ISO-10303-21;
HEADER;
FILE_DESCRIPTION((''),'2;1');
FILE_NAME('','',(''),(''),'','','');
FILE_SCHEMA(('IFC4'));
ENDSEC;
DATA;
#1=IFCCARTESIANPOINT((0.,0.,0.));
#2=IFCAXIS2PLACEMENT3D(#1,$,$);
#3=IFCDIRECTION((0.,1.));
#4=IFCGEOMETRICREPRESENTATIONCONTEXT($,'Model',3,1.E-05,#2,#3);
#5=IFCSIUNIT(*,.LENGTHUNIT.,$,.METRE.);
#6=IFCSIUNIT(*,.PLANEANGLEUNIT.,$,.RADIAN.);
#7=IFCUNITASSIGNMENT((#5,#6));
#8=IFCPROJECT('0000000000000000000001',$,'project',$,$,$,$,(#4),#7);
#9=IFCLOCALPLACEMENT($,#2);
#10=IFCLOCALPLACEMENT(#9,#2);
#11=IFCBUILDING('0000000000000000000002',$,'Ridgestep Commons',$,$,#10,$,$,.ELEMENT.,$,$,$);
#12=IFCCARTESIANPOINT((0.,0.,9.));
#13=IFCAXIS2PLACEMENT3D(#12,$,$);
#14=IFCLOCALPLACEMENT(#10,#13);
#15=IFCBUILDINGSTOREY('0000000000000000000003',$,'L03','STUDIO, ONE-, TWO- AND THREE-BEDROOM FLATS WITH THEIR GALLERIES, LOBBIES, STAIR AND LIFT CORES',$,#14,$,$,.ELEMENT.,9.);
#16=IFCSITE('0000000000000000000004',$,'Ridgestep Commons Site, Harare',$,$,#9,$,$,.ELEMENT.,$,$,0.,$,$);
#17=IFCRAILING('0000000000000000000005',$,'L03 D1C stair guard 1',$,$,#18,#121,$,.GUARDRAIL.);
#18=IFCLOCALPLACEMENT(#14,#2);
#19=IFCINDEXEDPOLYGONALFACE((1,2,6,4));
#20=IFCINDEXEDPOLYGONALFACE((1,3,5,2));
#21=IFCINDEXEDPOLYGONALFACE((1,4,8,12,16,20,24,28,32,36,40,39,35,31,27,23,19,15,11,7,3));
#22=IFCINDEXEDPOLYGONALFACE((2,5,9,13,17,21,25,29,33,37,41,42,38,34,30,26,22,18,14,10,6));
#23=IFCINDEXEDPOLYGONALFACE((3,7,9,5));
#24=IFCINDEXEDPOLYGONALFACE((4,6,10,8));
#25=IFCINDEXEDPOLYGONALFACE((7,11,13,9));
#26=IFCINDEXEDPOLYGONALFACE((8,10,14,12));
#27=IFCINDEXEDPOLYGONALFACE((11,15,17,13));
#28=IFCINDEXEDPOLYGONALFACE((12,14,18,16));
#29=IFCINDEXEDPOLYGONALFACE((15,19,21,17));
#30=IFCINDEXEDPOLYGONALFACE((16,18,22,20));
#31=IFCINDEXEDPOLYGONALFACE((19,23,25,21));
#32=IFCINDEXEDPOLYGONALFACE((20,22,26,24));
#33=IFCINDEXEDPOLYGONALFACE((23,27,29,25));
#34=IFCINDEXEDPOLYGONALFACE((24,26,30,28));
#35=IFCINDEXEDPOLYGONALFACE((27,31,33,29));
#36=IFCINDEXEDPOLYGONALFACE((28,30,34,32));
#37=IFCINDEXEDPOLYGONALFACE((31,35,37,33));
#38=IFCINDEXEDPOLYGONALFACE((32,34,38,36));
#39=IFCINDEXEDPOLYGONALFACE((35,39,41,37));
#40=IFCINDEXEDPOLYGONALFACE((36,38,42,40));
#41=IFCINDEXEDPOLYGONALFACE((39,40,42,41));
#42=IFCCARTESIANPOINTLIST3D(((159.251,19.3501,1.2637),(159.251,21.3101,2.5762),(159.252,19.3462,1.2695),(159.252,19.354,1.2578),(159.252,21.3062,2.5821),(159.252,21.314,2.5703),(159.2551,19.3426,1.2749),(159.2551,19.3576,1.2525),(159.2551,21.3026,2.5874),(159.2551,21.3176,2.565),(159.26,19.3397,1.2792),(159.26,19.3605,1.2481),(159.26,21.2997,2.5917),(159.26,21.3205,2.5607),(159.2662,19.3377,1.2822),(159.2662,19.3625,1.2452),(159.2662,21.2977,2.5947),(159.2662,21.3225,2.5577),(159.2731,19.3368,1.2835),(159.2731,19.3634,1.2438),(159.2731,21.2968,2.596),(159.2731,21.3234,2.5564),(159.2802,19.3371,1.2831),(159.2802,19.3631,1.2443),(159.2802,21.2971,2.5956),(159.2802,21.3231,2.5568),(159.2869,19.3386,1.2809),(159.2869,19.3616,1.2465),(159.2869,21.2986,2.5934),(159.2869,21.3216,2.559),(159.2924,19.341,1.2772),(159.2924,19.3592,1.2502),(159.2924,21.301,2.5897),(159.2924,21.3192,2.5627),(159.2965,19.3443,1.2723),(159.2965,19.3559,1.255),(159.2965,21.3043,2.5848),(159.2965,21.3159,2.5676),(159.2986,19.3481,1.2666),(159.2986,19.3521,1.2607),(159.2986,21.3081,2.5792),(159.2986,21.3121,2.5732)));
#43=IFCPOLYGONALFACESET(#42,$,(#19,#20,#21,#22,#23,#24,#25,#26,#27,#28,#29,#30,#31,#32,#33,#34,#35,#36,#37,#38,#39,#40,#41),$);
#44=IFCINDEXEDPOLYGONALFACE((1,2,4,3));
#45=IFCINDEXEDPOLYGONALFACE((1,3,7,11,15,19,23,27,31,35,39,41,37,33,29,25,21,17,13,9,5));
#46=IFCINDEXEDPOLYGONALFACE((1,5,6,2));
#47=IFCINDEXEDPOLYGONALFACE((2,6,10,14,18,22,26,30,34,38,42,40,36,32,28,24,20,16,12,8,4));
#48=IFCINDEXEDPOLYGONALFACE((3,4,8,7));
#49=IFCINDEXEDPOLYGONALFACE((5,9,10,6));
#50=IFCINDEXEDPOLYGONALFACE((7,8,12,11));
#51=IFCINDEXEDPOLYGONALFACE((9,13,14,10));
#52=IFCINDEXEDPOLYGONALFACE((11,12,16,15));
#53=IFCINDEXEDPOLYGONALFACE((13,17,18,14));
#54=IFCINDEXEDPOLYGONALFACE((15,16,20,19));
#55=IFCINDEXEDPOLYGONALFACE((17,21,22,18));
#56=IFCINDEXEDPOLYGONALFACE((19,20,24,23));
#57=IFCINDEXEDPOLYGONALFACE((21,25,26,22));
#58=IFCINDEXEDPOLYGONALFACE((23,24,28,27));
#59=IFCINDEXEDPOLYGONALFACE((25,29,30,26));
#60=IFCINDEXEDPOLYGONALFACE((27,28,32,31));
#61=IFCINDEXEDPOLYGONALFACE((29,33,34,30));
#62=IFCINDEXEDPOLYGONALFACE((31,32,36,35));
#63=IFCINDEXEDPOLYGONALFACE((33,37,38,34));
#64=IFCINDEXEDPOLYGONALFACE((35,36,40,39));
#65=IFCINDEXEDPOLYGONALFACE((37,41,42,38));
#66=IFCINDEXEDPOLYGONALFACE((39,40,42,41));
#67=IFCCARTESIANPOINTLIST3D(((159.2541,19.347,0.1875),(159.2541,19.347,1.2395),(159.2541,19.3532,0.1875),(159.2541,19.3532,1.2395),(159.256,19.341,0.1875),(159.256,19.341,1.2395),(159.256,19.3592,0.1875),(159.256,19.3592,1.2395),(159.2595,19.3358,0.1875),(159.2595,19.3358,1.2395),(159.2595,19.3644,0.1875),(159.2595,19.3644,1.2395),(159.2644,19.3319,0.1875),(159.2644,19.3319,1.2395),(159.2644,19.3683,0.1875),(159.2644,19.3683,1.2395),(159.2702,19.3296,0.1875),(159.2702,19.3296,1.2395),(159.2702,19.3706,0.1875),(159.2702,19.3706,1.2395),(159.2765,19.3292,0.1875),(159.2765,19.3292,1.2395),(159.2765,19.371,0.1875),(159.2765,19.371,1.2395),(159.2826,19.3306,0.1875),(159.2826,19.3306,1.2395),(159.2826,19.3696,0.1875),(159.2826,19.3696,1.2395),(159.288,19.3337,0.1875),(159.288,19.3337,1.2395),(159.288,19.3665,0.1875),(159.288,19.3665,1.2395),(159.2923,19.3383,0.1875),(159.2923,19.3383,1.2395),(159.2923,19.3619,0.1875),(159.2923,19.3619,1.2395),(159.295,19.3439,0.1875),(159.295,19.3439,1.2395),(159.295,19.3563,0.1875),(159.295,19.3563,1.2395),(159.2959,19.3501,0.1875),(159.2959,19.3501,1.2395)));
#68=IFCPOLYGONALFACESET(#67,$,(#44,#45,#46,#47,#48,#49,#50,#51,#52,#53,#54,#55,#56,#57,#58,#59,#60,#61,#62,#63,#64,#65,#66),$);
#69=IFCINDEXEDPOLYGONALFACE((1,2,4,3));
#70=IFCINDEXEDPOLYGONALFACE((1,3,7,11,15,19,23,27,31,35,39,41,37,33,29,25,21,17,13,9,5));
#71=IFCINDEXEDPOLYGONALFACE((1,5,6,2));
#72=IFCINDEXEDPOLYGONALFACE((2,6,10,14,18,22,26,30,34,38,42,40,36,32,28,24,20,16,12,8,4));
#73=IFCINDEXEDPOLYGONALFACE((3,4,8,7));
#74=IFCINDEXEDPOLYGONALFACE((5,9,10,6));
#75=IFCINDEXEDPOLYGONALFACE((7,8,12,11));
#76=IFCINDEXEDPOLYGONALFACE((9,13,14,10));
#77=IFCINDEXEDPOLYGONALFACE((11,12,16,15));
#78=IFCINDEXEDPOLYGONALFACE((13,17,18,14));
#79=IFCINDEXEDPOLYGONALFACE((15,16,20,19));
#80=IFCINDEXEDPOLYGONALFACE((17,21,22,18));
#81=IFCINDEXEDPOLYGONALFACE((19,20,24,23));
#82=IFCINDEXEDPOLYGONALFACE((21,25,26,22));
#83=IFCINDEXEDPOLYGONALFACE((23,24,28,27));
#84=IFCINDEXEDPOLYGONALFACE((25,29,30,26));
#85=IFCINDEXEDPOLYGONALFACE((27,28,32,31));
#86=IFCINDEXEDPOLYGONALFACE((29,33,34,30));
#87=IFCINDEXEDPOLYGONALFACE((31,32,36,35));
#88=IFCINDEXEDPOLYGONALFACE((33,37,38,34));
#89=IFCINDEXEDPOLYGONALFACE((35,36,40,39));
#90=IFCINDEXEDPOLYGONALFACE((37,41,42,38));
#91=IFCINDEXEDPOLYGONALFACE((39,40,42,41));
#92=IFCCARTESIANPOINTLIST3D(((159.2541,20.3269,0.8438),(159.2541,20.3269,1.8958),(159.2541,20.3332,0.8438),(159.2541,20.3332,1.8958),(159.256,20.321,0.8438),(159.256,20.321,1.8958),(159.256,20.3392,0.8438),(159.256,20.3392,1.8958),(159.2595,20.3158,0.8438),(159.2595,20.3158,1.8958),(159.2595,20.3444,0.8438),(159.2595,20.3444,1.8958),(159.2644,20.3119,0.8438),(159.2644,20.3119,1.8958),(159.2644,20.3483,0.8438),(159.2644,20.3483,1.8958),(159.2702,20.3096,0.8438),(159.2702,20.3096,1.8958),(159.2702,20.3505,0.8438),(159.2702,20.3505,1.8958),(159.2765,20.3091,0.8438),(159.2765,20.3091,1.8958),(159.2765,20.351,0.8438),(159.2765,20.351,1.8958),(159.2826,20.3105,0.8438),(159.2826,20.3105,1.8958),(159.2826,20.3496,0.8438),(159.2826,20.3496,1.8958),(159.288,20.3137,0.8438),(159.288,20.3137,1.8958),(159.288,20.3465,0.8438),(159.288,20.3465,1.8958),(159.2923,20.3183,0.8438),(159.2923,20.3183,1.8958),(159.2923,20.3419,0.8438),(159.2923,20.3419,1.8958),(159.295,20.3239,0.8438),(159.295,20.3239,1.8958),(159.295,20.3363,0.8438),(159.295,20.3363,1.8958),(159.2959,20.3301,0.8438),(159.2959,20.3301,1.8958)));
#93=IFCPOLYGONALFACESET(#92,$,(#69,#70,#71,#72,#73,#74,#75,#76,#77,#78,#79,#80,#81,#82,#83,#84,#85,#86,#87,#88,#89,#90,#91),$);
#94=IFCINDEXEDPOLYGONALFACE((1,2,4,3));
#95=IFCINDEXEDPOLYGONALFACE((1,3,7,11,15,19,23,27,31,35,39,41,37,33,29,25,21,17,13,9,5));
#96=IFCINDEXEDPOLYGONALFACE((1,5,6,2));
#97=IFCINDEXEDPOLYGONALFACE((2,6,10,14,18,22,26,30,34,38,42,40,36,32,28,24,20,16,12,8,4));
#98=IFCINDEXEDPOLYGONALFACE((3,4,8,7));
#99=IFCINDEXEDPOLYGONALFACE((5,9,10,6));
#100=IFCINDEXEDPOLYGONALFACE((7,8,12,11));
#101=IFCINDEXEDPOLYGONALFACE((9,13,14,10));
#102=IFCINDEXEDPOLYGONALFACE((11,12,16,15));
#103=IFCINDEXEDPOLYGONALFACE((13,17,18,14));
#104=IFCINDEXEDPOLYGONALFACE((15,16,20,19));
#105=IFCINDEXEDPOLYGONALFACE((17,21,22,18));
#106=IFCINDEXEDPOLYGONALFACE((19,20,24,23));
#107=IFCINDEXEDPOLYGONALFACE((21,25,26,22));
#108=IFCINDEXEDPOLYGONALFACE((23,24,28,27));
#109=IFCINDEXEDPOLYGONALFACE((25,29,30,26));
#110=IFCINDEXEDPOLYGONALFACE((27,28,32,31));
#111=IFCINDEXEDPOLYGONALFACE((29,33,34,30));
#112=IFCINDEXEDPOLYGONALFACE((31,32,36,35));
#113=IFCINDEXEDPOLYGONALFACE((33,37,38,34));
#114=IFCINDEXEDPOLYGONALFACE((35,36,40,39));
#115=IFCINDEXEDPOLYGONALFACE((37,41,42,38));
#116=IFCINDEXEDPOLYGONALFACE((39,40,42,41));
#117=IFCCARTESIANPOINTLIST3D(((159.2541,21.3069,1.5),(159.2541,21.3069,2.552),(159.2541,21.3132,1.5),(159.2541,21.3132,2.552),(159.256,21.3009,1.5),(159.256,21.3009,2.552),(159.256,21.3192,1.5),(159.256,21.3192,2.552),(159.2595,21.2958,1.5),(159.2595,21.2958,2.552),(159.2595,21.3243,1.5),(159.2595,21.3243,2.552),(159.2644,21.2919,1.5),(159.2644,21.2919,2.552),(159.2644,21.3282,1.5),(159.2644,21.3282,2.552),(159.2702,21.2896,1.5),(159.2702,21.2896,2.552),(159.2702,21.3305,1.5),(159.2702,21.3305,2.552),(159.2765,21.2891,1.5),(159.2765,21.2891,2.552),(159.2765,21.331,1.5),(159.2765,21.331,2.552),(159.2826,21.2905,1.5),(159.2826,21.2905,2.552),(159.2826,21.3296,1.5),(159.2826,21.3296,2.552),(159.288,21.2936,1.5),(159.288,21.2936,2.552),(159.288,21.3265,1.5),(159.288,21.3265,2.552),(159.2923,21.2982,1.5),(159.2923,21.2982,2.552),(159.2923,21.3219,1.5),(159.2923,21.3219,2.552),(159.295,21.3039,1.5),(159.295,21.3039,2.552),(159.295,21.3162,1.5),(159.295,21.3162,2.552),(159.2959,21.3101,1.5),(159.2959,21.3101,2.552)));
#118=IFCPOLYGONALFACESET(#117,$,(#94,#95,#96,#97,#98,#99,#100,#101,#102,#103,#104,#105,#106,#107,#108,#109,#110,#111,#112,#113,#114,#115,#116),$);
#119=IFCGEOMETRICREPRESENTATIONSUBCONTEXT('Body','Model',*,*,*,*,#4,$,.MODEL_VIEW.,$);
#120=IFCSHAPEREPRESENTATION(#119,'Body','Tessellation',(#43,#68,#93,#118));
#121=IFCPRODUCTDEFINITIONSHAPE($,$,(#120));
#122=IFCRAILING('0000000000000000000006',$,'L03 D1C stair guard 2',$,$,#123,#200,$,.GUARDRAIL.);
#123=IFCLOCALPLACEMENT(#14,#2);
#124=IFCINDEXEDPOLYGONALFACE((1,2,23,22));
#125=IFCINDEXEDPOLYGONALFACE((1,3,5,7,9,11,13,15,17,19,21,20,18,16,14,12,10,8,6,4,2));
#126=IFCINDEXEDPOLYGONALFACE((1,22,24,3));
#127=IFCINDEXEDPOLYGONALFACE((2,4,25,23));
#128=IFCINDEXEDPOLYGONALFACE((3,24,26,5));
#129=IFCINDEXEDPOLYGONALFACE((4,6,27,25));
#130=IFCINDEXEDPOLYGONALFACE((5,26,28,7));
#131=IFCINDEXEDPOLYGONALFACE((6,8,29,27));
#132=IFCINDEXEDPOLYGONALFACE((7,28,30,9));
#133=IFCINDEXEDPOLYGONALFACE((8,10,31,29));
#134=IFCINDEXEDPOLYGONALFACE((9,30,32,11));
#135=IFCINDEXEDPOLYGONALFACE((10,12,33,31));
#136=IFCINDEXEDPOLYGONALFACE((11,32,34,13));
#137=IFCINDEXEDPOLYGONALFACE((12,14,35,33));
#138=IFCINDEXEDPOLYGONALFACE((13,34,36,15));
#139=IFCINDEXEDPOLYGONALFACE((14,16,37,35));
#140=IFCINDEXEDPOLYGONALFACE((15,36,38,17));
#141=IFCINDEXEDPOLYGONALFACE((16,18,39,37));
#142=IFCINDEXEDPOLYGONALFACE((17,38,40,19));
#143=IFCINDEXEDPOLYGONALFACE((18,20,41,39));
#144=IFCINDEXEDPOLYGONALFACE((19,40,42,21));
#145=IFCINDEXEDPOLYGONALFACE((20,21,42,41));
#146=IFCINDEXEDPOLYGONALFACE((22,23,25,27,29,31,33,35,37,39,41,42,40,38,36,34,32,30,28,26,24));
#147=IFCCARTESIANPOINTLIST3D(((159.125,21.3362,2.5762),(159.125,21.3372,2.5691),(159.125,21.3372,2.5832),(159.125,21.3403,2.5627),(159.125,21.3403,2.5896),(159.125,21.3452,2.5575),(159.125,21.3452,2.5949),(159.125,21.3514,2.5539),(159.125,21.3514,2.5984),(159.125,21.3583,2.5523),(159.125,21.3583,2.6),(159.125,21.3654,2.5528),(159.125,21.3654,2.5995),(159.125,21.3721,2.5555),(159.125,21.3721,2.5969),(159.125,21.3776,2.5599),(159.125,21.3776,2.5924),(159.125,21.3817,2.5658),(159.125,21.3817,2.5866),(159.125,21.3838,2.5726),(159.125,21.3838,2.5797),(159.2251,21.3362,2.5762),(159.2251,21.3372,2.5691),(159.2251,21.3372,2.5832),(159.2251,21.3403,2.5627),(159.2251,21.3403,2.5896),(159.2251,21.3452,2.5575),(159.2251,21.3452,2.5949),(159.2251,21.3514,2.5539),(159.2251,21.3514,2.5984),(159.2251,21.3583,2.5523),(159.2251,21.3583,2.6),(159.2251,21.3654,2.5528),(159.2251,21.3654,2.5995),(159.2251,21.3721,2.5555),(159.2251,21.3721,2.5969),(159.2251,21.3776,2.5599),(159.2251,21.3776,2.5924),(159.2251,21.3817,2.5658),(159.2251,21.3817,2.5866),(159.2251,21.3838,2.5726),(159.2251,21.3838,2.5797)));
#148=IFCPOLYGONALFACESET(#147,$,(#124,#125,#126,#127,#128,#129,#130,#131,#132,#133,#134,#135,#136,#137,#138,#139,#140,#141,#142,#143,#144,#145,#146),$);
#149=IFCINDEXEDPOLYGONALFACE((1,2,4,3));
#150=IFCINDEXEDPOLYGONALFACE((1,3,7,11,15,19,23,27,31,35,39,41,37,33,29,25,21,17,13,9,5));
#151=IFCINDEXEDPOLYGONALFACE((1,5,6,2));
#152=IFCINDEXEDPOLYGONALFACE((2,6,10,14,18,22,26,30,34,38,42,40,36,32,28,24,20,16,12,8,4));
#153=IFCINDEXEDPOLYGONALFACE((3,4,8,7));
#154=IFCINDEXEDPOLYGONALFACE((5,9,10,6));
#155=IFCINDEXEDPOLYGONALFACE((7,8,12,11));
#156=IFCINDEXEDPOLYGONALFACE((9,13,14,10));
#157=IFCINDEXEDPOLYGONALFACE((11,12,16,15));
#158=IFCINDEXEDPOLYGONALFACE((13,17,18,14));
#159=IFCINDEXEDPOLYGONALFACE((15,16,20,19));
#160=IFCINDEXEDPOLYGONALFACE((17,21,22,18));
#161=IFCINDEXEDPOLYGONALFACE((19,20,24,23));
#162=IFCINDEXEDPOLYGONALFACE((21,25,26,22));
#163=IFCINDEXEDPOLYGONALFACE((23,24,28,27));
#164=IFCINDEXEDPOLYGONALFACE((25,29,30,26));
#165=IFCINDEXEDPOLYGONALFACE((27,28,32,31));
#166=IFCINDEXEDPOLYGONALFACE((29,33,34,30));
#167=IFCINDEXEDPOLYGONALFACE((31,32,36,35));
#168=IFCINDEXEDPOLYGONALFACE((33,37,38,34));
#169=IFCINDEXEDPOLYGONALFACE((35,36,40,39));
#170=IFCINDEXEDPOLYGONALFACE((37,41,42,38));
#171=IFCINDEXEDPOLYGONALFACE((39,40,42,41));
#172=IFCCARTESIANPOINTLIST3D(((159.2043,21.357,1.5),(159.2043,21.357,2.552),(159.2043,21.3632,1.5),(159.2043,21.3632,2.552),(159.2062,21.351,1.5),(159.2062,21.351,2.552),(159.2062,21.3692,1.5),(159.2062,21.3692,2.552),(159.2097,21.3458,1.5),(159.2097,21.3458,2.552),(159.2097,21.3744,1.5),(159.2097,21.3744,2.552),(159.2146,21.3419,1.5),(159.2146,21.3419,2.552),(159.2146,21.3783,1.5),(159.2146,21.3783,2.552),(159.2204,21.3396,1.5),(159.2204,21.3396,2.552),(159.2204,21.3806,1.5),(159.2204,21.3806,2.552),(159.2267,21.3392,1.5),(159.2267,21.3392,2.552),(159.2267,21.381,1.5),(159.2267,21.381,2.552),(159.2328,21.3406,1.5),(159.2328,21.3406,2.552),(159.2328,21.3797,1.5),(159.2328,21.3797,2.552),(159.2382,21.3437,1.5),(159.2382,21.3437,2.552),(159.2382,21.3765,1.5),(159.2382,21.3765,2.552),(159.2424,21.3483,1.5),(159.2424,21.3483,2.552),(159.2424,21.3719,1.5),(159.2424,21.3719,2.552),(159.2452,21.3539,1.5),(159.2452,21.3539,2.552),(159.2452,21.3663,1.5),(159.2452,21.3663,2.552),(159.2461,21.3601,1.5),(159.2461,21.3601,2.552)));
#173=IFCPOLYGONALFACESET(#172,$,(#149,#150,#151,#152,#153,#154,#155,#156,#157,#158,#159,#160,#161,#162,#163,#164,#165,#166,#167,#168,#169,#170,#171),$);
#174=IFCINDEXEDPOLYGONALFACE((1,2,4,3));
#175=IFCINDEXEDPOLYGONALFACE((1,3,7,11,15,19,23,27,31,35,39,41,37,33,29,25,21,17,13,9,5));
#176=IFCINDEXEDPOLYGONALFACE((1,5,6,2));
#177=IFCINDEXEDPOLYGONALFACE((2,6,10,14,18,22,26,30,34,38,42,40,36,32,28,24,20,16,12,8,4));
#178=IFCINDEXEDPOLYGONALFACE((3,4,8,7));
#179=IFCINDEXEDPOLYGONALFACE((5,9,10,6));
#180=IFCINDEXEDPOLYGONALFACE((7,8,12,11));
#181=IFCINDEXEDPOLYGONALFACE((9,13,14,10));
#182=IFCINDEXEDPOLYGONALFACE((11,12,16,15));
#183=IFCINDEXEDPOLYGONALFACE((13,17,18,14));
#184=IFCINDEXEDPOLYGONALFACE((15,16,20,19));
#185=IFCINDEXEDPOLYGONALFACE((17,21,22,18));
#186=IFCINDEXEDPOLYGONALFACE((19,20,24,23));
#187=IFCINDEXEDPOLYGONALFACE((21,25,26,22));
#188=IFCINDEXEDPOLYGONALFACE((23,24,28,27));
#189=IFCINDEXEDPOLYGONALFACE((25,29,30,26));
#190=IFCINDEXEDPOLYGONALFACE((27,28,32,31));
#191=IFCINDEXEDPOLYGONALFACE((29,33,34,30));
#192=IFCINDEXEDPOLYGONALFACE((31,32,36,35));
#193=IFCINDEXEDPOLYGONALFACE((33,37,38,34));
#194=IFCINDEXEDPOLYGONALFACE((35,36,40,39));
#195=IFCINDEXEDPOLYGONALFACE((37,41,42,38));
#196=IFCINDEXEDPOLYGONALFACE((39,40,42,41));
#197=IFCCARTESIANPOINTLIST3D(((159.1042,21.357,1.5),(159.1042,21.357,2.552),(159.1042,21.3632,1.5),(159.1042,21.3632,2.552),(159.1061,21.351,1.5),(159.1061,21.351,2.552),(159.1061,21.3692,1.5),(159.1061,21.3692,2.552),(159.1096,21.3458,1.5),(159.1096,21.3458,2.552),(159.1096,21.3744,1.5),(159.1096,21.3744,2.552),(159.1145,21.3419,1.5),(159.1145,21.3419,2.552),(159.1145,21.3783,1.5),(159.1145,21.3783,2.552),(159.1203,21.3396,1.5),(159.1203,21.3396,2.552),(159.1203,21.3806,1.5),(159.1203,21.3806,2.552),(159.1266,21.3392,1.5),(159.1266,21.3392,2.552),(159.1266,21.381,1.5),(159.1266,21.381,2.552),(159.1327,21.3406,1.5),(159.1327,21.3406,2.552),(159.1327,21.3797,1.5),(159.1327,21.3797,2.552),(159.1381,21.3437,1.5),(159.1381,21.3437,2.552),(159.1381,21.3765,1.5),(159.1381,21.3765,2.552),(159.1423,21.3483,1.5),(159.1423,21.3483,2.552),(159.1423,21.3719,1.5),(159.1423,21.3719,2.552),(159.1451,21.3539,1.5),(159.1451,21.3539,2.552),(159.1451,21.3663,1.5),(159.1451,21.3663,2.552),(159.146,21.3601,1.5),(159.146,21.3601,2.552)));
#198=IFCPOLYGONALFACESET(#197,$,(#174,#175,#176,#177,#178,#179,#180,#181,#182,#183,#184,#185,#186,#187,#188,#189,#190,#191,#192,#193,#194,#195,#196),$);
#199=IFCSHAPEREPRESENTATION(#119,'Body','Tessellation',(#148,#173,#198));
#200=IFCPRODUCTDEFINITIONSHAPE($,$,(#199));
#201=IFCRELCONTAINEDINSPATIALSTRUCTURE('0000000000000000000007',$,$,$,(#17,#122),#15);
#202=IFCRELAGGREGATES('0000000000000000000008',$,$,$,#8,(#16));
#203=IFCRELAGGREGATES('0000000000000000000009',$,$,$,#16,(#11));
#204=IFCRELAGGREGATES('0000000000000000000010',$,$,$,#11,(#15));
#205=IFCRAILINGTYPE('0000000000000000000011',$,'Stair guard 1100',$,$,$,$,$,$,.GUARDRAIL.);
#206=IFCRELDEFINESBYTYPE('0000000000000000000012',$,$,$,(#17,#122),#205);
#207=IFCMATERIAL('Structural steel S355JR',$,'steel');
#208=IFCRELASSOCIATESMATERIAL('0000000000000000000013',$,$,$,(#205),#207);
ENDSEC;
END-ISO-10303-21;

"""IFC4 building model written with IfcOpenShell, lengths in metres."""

from ifc_helpers import new_model, si_unit, direction, frame, origin, origin_2d, place, context, subcontext, project, spatial, circle, extrude, material, type_object, element, save


model = new_model("IFC4")

# Units and contexts
model_context = context("Model", 3, precision=1e-05, world=origin(), true_north=direction((0.0, 1.0)))
body_context = subcontext(model_context, "Body", "Model", "MODEL_VIEW")
ifc_project = project(units=[si_unit("LENGTHUNIT", "METRE"), si_unit("PLANEANGLEUNIT", "RADIAN")], contexts=[model_context])

# Site, building, storey
site_placement = place(None, origin())
site = spatial("IfcSite", under=ifc_project, at=site_placement, Name="Ridgestep Commons Site, Harare", CompositionType="ELEMENT", RefElevation=0.0)
building_placement = place(site_placement, origin())
building = spatial("IfcBuilding", under=site, at=building_placement, Name="Ridgestep Commons", CompositionType="ELEMENT")
storey_placement = place(building_placement, frame((0.0, 0.0, 9.0)))
storey = spatial("IfcBuildingStorey", under=building, at=storey_placement, Name="L03", Description="STUDIO, ONE-, TWO- AND THREE-BEDROOM FLATS WITH THEIR GALLERIES, LOBBIES, STAIR AND LIFT CORES", CompositionType="ELEMENT", Elevation=9.0)

# Railings
ifc_material_1 = material(Name="Structural steel S355JR", Category="steel")
railing_type_1 = type_object("IfcRailingType", Name="Stair guard 1100", PredefinedType="GUARDRAIL", material=ifc_material_1)
railing_1_placement = place(storey_placement, frame((159.2749, 19.3501, 0.1875)))
element("IfcRailing", 1, at=railing_1_placement, inside=storey, type_object=railing_type_1, Name="L03 D1C stair guard 1", PredefinedType="GUARDRAIL", context=body_context, shape_type="SweptSolid", body=[
    extrude(circle(Radius=0.0239, at=origin_2d()), frame((0.0, 0.0, 1.0762), z_axis=(0.0, 0.830902, 0.556419), x_axis=(-1.0, 0.0, 0.0)), (0.0, 0.0, 1.0), 2.3589),
    extrude(circle(Radius=0.021, at=origin_2d()), origin(), (0.0, 0.0, 1.0), 1.052),
    extrude(circle(Radius=0.021, at=origin_2d()), frame((0.0, 0.98, 0.6562)), (0.0, 0.0, 1.0), 1.052),
    extrude(circle(Radius=0.021, at=origin_2d()), frame((0.0, 1.96, 1.3125)), (0.0, 0.0, 1.0), 1.052),
])
railing_2_placement = place(storey_placement, frame((159.2251, 21.3601, 1.5)))
element("IfcRailing", 2, at=railing_2_placement, inside=storey, type_object=railing_type_1, Name="L03 D1C stair guard 2", PredefinedType="GUARDRAIL", context=body_context, shape_type="SweptSolid", body=[
    extrude(circle(Radius=0.0239, at=origin_2d()), frame((0.0, 0.0, 1.0762), z_axis=(-1.0, 0.0, 0.0), x_axis=(0.0, -1.0, 0.0)), (0.0, 0.0, 1.0), 0.1001),
    extrude(circle(Radius=0.021, at=origin_2d()), origin(), (0.0, 0.0, 1.0), 1.052),
    extrude(circle(Radius=0.021, at=origin_2d()), frame((-0.1001, 0.0, 0.0)), (0.0, 0.0, 1.0), 1.052),
])

save(model, "model.ifc")
